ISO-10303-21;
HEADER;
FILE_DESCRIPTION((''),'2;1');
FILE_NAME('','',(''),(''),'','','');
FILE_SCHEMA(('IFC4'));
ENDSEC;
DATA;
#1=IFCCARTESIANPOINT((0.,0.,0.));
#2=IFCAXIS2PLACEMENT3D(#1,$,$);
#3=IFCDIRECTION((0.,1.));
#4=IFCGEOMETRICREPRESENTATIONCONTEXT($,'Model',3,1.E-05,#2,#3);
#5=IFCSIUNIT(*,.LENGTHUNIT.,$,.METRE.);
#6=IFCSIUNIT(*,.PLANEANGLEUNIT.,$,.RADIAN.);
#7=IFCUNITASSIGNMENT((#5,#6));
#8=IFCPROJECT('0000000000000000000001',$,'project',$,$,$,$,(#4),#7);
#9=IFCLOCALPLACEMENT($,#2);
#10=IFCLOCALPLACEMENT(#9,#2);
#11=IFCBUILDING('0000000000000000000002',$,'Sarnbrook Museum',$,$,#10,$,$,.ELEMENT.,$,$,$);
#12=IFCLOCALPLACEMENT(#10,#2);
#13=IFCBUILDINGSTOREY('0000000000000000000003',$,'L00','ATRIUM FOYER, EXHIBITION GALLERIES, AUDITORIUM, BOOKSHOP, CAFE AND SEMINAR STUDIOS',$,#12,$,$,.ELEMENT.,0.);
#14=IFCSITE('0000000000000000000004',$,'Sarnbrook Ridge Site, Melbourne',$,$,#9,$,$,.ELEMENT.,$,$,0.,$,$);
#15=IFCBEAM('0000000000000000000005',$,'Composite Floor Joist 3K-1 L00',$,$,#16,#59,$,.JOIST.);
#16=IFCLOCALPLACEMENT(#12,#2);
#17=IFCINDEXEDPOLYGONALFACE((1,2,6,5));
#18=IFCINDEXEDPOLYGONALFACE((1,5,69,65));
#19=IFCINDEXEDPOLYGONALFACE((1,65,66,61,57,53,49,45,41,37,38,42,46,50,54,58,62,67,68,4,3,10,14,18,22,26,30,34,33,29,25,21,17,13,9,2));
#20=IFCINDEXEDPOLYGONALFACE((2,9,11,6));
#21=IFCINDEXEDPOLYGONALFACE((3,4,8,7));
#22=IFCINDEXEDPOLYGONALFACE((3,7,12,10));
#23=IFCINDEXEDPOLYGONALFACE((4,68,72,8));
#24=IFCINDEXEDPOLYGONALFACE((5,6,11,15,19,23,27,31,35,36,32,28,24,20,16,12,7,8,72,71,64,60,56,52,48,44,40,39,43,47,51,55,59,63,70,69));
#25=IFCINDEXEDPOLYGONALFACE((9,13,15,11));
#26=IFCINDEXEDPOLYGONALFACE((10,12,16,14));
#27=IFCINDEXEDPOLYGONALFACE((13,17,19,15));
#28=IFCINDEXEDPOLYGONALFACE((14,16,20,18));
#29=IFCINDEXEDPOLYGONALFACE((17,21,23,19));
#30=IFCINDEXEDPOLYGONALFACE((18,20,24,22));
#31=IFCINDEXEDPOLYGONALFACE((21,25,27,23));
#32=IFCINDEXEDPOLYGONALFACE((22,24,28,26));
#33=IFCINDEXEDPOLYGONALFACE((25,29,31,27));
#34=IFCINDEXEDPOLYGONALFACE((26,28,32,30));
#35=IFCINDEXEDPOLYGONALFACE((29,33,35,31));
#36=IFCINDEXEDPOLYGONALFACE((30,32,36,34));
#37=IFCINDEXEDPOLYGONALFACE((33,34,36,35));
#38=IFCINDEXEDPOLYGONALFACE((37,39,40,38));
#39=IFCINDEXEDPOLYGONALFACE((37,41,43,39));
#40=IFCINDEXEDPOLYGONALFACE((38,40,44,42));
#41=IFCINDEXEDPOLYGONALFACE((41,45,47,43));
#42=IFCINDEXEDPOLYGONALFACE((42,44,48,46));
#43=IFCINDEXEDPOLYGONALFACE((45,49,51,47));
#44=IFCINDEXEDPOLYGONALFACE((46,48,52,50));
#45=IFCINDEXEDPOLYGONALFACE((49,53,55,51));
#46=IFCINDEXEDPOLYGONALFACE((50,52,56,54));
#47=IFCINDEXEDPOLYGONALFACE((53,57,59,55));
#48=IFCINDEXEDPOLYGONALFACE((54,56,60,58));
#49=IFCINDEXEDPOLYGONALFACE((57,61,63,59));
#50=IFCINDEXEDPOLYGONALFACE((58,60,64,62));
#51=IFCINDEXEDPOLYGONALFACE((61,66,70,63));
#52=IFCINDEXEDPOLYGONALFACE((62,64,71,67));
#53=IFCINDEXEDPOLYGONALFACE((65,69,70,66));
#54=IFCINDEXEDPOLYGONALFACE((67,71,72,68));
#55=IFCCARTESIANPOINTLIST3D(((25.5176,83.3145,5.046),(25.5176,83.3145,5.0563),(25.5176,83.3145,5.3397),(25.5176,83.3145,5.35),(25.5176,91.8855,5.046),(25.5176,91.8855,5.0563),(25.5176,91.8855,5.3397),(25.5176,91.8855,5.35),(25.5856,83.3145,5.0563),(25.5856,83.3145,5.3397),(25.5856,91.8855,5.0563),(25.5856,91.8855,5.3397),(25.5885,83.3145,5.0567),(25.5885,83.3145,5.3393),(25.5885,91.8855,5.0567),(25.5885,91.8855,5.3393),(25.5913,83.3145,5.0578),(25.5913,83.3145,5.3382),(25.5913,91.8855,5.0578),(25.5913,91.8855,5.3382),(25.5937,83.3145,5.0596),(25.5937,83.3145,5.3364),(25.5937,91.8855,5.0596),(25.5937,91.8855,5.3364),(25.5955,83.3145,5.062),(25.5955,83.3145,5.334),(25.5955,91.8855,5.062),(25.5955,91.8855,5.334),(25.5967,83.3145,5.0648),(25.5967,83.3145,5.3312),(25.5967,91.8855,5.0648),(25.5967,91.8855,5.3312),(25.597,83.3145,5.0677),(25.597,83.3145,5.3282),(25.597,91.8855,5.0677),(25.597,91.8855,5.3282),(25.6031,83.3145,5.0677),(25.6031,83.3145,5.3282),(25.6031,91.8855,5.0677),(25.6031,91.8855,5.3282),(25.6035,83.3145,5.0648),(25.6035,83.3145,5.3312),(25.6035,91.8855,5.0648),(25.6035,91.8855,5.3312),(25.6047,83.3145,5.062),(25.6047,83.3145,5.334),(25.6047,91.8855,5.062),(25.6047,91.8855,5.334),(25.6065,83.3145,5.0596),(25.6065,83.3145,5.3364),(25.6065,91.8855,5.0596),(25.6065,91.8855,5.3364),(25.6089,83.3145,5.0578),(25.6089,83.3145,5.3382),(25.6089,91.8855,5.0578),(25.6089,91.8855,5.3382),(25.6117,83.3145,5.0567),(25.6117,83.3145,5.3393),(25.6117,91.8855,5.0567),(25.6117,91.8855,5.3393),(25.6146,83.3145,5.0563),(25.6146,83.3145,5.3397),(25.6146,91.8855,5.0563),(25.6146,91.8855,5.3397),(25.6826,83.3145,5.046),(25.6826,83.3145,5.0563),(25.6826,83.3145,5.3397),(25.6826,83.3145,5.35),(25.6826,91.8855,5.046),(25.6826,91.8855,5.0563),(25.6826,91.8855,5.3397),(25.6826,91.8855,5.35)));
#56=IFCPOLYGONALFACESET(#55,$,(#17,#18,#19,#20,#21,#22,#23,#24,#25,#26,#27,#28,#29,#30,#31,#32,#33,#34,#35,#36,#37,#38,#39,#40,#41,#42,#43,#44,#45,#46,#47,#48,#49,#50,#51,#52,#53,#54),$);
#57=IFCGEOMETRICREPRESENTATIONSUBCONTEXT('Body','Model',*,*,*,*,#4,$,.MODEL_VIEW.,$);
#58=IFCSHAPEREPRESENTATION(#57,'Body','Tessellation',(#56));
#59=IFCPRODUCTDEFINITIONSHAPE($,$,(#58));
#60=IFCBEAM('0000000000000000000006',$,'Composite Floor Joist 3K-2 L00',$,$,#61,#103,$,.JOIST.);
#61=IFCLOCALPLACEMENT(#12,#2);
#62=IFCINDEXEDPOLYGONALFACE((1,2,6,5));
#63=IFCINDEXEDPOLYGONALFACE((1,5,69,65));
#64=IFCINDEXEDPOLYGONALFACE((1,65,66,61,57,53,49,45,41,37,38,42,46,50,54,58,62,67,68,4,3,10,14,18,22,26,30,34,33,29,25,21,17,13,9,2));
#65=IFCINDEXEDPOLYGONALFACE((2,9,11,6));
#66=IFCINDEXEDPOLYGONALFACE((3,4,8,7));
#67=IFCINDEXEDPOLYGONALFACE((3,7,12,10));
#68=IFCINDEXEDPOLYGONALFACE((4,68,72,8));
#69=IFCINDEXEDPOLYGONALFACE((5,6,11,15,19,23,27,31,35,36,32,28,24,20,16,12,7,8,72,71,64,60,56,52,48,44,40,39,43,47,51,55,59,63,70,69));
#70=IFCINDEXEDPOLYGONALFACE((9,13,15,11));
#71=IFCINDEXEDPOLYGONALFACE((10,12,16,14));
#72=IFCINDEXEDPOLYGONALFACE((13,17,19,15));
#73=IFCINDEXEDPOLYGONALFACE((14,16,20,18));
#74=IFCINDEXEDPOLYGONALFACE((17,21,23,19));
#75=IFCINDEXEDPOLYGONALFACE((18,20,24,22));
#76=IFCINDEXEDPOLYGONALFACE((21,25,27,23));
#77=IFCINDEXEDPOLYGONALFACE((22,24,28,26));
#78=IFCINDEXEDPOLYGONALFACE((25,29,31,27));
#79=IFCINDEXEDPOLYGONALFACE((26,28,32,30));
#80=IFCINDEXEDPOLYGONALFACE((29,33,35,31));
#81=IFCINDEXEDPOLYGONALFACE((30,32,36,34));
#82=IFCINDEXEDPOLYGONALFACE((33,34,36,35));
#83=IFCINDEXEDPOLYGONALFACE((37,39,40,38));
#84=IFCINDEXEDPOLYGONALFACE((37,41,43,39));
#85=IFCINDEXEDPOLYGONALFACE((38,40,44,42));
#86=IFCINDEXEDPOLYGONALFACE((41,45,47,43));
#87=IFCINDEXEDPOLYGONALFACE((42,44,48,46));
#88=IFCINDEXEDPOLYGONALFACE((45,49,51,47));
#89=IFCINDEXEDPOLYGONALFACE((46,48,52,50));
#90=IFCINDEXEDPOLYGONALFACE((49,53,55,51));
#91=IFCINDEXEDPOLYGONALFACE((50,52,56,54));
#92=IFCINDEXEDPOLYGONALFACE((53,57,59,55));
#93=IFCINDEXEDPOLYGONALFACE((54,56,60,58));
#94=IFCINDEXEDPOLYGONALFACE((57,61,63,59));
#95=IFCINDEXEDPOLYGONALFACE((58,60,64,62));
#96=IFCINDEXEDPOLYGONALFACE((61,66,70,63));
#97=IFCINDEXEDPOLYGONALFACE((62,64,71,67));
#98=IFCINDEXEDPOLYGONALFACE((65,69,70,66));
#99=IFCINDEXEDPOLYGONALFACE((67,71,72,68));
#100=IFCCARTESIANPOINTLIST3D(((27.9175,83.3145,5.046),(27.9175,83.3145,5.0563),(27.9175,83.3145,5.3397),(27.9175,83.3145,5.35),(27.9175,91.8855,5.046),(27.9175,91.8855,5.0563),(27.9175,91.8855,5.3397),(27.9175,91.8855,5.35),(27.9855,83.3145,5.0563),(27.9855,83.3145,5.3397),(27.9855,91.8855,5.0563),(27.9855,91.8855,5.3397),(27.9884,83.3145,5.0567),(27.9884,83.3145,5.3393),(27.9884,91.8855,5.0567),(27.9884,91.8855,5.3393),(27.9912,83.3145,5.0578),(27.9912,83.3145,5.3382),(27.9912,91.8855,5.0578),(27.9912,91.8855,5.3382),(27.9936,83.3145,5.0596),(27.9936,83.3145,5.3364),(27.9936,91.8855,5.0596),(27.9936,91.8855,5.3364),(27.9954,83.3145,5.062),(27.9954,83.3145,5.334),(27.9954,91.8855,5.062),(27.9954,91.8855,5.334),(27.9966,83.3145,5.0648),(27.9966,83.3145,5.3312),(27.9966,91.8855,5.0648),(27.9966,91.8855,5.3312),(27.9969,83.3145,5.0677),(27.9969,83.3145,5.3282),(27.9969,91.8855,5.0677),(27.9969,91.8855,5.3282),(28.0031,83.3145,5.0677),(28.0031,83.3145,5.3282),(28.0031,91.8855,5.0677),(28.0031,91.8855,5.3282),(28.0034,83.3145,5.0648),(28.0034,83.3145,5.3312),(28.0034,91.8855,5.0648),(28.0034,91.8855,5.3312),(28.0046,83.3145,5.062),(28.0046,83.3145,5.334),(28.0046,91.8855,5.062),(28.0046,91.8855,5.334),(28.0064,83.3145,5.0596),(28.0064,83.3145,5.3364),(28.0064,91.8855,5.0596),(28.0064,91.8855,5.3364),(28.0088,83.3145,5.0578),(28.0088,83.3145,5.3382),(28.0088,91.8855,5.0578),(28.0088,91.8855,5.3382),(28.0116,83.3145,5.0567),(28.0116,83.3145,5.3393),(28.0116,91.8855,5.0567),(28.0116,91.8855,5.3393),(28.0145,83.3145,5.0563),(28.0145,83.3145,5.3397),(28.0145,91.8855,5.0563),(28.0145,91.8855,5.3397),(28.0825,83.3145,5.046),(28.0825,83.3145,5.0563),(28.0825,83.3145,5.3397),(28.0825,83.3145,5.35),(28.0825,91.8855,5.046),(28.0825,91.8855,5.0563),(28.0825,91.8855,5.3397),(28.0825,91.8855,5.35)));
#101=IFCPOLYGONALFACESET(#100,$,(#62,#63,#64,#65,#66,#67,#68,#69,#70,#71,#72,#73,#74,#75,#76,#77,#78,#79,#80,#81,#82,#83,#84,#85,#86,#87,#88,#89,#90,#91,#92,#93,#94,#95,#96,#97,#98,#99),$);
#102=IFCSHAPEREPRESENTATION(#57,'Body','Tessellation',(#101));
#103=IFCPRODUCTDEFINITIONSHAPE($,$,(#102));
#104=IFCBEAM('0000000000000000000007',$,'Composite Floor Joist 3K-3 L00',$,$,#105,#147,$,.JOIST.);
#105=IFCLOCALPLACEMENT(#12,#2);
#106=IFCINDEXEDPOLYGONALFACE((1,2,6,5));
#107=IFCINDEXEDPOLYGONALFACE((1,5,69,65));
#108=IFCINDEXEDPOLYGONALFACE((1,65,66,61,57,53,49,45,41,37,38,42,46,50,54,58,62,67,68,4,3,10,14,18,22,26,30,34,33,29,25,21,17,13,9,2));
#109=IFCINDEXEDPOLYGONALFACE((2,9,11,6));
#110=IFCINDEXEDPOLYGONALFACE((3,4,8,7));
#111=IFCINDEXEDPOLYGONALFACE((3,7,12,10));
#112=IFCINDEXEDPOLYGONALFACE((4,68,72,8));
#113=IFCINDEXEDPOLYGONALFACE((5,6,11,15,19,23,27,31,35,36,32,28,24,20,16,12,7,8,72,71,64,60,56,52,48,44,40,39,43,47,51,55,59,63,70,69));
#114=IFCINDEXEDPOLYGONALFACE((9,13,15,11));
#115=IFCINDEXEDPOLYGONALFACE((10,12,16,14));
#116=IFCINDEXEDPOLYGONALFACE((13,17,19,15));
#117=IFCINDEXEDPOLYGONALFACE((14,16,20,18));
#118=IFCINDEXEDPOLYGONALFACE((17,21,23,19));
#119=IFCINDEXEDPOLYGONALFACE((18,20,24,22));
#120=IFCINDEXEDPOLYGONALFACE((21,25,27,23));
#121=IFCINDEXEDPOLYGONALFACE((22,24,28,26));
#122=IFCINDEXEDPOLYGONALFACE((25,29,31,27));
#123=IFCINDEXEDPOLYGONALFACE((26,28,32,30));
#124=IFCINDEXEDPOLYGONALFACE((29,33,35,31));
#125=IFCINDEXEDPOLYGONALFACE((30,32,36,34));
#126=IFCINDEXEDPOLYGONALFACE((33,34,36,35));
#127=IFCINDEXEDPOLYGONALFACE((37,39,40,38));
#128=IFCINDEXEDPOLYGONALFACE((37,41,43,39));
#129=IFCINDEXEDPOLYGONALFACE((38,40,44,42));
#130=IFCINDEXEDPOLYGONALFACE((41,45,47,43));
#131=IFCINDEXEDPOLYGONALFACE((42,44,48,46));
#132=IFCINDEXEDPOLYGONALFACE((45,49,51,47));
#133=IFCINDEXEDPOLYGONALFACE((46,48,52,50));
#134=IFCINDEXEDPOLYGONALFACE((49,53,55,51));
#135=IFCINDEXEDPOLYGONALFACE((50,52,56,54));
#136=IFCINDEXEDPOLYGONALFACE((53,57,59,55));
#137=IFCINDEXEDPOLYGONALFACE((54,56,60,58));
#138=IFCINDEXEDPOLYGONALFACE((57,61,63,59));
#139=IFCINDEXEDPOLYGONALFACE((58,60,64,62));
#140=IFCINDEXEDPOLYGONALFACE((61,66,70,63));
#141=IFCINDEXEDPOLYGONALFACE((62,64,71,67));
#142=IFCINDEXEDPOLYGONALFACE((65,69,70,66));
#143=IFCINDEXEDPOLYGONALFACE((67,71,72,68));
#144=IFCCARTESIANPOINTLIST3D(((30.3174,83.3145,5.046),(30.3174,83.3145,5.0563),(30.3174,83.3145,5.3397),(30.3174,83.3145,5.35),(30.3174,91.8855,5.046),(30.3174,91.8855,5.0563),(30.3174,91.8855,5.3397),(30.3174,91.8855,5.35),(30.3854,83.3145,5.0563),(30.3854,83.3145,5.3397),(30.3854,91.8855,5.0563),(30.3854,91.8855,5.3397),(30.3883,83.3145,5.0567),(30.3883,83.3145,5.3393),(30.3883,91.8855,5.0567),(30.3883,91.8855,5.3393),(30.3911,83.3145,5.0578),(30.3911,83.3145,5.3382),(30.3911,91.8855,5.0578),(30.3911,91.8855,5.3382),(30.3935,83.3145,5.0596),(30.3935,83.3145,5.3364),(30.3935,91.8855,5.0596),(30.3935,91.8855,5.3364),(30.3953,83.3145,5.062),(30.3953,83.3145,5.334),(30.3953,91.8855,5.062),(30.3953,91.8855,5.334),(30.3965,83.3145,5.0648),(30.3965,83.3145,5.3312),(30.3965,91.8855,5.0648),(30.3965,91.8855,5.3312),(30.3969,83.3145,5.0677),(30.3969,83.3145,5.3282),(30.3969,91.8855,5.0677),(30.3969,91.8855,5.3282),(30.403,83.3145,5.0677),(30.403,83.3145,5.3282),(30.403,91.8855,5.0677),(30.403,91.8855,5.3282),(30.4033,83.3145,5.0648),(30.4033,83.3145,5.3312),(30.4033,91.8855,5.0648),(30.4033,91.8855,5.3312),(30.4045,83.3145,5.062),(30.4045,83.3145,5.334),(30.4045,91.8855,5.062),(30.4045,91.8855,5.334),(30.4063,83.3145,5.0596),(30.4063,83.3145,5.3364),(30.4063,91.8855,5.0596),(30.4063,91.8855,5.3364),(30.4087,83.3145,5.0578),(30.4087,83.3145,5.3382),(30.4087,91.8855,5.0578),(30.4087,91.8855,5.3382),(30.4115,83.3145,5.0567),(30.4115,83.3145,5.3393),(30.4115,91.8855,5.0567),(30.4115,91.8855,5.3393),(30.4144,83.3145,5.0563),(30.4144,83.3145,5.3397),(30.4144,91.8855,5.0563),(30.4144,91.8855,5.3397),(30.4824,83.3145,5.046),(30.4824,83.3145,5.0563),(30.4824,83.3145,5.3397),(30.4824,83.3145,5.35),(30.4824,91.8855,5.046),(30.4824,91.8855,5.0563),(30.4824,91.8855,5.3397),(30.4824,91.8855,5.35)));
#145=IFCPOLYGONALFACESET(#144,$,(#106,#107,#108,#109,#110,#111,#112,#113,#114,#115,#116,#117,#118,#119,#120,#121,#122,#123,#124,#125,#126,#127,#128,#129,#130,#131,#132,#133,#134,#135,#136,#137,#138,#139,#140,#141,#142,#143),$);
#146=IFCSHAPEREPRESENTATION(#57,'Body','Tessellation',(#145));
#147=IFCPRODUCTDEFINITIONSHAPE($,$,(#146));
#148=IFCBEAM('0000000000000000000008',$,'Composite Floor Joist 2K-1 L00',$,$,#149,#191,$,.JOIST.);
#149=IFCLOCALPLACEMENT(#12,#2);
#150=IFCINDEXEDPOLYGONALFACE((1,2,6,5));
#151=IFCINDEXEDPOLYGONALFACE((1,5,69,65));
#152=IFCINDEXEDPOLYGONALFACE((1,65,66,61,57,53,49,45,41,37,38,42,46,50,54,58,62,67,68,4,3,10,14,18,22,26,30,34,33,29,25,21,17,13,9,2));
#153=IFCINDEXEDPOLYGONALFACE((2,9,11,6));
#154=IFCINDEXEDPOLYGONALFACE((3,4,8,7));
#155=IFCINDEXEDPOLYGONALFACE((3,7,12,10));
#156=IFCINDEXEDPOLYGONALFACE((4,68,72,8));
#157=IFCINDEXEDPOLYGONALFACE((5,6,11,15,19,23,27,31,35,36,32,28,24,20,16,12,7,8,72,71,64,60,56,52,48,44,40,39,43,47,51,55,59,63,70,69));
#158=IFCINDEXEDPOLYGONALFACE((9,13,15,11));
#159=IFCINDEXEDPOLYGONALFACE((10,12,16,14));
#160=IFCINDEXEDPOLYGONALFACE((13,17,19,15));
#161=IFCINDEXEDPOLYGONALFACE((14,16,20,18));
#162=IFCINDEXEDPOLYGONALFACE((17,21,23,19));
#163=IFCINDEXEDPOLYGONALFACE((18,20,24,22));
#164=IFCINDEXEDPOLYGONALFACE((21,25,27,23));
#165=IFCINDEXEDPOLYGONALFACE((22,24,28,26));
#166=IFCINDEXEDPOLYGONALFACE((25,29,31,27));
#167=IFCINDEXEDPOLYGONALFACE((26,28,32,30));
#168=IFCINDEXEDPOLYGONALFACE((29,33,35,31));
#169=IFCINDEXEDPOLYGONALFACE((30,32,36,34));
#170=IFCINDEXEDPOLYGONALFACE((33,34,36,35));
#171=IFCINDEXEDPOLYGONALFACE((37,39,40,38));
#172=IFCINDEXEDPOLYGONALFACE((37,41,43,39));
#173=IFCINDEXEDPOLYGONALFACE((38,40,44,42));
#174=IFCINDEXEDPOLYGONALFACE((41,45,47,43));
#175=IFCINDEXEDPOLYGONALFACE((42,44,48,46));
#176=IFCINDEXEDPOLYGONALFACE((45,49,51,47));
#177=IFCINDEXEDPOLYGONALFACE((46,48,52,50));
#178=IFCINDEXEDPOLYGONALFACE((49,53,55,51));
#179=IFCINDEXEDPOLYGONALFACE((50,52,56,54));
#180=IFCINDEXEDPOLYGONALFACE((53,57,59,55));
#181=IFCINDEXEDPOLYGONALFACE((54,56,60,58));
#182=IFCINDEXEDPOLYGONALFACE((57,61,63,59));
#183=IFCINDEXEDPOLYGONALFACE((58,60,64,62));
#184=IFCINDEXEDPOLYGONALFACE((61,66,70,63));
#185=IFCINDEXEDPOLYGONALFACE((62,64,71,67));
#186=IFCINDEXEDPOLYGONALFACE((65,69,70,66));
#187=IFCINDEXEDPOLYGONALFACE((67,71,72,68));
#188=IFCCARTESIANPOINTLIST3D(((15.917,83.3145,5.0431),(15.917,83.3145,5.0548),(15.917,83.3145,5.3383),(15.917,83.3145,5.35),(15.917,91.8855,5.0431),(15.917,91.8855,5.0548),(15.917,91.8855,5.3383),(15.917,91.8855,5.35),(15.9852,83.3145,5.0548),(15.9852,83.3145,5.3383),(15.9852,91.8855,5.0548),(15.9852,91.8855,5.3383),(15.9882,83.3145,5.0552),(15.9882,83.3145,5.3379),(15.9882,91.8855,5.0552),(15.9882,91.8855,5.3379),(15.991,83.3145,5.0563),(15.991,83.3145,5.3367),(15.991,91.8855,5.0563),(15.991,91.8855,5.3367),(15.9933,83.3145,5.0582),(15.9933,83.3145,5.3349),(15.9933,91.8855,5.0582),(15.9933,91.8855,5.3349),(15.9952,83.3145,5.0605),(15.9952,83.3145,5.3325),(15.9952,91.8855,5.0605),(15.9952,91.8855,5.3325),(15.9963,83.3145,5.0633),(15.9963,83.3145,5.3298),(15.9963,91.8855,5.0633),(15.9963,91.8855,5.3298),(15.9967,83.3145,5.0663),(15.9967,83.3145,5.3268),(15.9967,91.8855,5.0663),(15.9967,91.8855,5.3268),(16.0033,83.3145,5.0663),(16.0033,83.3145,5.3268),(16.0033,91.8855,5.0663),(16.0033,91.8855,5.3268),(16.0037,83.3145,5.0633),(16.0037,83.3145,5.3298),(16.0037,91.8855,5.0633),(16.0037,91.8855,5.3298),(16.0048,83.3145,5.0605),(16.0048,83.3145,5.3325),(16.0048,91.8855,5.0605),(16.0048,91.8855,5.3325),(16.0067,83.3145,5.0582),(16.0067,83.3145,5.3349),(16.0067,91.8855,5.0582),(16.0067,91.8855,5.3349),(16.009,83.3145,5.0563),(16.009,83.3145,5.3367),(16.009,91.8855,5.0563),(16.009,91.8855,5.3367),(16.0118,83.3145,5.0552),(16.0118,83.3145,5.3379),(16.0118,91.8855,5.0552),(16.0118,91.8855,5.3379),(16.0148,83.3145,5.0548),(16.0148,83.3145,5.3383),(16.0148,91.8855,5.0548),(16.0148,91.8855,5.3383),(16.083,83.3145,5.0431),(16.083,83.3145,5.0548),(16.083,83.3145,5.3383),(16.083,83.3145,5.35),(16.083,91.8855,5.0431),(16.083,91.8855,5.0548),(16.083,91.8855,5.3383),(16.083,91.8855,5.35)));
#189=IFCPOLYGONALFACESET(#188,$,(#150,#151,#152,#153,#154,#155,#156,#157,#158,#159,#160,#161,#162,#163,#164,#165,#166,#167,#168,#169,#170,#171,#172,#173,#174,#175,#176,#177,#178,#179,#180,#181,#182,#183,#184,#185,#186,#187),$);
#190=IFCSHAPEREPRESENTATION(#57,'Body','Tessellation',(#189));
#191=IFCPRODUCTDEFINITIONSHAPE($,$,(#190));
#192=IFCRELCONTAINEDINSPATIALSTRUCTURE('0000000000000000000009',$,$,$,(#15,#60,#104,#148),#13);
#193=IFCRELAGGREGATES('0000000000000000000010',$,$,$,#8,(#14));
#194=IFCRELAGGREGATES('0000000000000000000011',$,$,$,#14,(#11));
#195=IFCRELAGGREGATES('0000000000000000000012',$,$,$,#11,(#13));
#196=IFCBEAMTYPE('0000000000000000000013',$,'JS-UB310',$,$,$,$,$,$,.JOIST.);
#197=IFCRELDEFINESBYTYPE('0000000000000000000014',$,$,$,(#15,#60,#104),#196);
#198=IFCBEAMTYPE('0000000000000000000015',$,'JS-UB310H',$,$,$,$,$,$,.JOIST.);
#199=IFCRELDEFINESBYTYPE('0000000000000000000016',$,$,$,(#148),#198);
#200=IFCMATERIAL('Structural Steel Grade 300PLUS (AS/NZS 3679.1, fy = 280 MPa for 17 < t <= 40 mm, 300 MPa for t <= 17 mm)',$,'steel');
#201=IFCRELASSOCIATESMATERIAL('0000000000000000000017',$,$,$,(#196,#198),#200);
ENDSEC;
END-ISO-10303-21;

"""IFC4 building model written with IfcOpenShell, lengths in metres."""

from ifc_helpers import new_model, si_unit, direction, frame, origin, origin_2d, place, context, subcontext, project, spatial, i_section, extrude, material, material_profile, profile_set, type_object, element, save


model = new_model("IFC4")

# Units and contexts
model_context = context("Model", 3, precision=1e-05, world=origin(), true_north=direction((0.0, 1.0)))
body_context = subcontext(model_context, "Body", "Model", "MODEL_VIEW")
ifc_project = project(units=[si_unit("LENGTHUNIT", "METRE"), si_unit("PLANEANGLEUNIT", "RADIAN")], contexts=[model_context])

# Site, building, storey
site_placement = place(None, origin())
site = spatial("IfcSite", under=ifc_project, at=site_placement, Name="Sarnbrook Ridge Site, Melbourne", CompositionType="ELEMENT", RefElevation=0.0)
building_placement = place(site_placement, origin())
building = spatial("IfcBuilding", under=site, at=building_placement, Name="Sarnbrook Museum", CompositionType="ELEMENT")
storey_placement = place(building_placement, origin())
storey = spatial("IfcBuildingStorey", under=building, at=storey_placement, Name="L00", Description="ATRIUM FOYER, EXHIBITION GALLERIES, AUDITORIUM, BOOKSHOP, CAFE AND SEMINAR STUDIOS", CompositionType="ELEMENT", Elevation=0.0)

# Shared definitions
ifc_material_1 = material(Name="Structural Steel Grade 300PLUS (AS/NZS 3679.1, fy = 280 MPa for 17 < t <= 40 mm, 300 MPa for t <= 17 mm)", Category="steel")

# Beams
ifc_material_profile_1 = material_profile(ifc_material_1, i_section(OverallWidth=0.165, OverallDepth=0.304, WebThickness=0.0061, FlangeThickness=0.0103, FilletRadius=0.0115, at=origin_2d()), Name="310UB40.4")
ifc_profile_set_1 = profile_set([ifc_material_profile_1], Name="Structural Steel Grade 300PLUS (AS/NZS 3679.1, fy = 280 MPa for 17 < t <= 40 mm, 300 MPa for t <= 17 mm)")
beam_type_1 = type_object("IfcBeamType", Name="JS-UB310", PredefinedType="JOIST", material=ifc_profile_set_1)
for number, where, z_axis, x_axis, name in (
    (1, (25.6001, 83.3145, 5.198), (0.0, 1.0, 0.0), (-1.0, 0.0, 0.0), "Composite Floor Joist 3K-1 L00"),
    (2, (28.0, 83.3145, 5.198), (0.0, 1.0, 0.0), (-1.0, 0.0, 0.0), "Composite Floor Joist 3K-2 L00"),
    (3, (30.3999, 83.3145, 5.198), (0.0, 1.0, 0.0), (-1.0, 0.0, 0.0), "Composite Floor Joist 3K-3 L00"),
):
    element("IfcBeam", number, at=place(storey_placement, frame(where, z_axis=z_axis, x_axis=x_axis)), inside=storey, type_object=beam_type_1, Name=name, PredefinedType="JOIST", context=body_context, shape_type="SweptSolid", body=[
        extrude(i_section(OverallWidth=0.165, OverallDepth=0.304, WebThickness=0.0061, FlangeThickness=0.0103, FilletRadius=0.0115, at=origin_2d()), origin(), (0.0, 0.0, 1.0), 8.571),
    ])
ifc_material_profile_2 = material_profile(ifc_material_1, i_section(OverallWidth=0.166, OverallDepth=0.3069, WebThickness=0.0066, FlangeThickness=0.0117, FilletRadius=0.0115, at=origin_2d()), Name="310UB46.2")
ifc_profile_set_2 = profile_set([ifc_material_profile_2], Name="Structural Steel Grade 300PLUS (AS/NZS 3679.1, fy = 280 MPa for 17 < t <= 40 mm, 300 MPa for t <= 17 mm)")
beam_type_2 = type_object("IfcBeamType", Name="JS-UB310H", PredefinedType="JOIST", material=ifc_profile_set_2)
for number, where, z_axis, x_axis, name in (
    (4, (16.0, 83.3145, 5.1965), (0.0, 1.0, 0.0), (-1.0, 0.0, 0.0), "Composite Floor Joist 2K-1 L00"),
):
    element("IfcBeam", number, at=place(storey_placement, frame(where, z_axis=z_axis, x_axis=x_axis)), inside=storey, type_object=beam_type_2, Name=name, PredefinedType="JOIST", context=body_context, shape_type="SweptSolid", body=[
        extrude(i_section(OverallWidth=0.166, OverallDepth=0.3069, WebThickness=0.0066, FlangeThickness=0.0117, FilletRadius=0.0115, at=origin_2d()), origin(), (0.0, 0.0, 1.0), 8.571),
    ])

save(model, "model.ifc")
